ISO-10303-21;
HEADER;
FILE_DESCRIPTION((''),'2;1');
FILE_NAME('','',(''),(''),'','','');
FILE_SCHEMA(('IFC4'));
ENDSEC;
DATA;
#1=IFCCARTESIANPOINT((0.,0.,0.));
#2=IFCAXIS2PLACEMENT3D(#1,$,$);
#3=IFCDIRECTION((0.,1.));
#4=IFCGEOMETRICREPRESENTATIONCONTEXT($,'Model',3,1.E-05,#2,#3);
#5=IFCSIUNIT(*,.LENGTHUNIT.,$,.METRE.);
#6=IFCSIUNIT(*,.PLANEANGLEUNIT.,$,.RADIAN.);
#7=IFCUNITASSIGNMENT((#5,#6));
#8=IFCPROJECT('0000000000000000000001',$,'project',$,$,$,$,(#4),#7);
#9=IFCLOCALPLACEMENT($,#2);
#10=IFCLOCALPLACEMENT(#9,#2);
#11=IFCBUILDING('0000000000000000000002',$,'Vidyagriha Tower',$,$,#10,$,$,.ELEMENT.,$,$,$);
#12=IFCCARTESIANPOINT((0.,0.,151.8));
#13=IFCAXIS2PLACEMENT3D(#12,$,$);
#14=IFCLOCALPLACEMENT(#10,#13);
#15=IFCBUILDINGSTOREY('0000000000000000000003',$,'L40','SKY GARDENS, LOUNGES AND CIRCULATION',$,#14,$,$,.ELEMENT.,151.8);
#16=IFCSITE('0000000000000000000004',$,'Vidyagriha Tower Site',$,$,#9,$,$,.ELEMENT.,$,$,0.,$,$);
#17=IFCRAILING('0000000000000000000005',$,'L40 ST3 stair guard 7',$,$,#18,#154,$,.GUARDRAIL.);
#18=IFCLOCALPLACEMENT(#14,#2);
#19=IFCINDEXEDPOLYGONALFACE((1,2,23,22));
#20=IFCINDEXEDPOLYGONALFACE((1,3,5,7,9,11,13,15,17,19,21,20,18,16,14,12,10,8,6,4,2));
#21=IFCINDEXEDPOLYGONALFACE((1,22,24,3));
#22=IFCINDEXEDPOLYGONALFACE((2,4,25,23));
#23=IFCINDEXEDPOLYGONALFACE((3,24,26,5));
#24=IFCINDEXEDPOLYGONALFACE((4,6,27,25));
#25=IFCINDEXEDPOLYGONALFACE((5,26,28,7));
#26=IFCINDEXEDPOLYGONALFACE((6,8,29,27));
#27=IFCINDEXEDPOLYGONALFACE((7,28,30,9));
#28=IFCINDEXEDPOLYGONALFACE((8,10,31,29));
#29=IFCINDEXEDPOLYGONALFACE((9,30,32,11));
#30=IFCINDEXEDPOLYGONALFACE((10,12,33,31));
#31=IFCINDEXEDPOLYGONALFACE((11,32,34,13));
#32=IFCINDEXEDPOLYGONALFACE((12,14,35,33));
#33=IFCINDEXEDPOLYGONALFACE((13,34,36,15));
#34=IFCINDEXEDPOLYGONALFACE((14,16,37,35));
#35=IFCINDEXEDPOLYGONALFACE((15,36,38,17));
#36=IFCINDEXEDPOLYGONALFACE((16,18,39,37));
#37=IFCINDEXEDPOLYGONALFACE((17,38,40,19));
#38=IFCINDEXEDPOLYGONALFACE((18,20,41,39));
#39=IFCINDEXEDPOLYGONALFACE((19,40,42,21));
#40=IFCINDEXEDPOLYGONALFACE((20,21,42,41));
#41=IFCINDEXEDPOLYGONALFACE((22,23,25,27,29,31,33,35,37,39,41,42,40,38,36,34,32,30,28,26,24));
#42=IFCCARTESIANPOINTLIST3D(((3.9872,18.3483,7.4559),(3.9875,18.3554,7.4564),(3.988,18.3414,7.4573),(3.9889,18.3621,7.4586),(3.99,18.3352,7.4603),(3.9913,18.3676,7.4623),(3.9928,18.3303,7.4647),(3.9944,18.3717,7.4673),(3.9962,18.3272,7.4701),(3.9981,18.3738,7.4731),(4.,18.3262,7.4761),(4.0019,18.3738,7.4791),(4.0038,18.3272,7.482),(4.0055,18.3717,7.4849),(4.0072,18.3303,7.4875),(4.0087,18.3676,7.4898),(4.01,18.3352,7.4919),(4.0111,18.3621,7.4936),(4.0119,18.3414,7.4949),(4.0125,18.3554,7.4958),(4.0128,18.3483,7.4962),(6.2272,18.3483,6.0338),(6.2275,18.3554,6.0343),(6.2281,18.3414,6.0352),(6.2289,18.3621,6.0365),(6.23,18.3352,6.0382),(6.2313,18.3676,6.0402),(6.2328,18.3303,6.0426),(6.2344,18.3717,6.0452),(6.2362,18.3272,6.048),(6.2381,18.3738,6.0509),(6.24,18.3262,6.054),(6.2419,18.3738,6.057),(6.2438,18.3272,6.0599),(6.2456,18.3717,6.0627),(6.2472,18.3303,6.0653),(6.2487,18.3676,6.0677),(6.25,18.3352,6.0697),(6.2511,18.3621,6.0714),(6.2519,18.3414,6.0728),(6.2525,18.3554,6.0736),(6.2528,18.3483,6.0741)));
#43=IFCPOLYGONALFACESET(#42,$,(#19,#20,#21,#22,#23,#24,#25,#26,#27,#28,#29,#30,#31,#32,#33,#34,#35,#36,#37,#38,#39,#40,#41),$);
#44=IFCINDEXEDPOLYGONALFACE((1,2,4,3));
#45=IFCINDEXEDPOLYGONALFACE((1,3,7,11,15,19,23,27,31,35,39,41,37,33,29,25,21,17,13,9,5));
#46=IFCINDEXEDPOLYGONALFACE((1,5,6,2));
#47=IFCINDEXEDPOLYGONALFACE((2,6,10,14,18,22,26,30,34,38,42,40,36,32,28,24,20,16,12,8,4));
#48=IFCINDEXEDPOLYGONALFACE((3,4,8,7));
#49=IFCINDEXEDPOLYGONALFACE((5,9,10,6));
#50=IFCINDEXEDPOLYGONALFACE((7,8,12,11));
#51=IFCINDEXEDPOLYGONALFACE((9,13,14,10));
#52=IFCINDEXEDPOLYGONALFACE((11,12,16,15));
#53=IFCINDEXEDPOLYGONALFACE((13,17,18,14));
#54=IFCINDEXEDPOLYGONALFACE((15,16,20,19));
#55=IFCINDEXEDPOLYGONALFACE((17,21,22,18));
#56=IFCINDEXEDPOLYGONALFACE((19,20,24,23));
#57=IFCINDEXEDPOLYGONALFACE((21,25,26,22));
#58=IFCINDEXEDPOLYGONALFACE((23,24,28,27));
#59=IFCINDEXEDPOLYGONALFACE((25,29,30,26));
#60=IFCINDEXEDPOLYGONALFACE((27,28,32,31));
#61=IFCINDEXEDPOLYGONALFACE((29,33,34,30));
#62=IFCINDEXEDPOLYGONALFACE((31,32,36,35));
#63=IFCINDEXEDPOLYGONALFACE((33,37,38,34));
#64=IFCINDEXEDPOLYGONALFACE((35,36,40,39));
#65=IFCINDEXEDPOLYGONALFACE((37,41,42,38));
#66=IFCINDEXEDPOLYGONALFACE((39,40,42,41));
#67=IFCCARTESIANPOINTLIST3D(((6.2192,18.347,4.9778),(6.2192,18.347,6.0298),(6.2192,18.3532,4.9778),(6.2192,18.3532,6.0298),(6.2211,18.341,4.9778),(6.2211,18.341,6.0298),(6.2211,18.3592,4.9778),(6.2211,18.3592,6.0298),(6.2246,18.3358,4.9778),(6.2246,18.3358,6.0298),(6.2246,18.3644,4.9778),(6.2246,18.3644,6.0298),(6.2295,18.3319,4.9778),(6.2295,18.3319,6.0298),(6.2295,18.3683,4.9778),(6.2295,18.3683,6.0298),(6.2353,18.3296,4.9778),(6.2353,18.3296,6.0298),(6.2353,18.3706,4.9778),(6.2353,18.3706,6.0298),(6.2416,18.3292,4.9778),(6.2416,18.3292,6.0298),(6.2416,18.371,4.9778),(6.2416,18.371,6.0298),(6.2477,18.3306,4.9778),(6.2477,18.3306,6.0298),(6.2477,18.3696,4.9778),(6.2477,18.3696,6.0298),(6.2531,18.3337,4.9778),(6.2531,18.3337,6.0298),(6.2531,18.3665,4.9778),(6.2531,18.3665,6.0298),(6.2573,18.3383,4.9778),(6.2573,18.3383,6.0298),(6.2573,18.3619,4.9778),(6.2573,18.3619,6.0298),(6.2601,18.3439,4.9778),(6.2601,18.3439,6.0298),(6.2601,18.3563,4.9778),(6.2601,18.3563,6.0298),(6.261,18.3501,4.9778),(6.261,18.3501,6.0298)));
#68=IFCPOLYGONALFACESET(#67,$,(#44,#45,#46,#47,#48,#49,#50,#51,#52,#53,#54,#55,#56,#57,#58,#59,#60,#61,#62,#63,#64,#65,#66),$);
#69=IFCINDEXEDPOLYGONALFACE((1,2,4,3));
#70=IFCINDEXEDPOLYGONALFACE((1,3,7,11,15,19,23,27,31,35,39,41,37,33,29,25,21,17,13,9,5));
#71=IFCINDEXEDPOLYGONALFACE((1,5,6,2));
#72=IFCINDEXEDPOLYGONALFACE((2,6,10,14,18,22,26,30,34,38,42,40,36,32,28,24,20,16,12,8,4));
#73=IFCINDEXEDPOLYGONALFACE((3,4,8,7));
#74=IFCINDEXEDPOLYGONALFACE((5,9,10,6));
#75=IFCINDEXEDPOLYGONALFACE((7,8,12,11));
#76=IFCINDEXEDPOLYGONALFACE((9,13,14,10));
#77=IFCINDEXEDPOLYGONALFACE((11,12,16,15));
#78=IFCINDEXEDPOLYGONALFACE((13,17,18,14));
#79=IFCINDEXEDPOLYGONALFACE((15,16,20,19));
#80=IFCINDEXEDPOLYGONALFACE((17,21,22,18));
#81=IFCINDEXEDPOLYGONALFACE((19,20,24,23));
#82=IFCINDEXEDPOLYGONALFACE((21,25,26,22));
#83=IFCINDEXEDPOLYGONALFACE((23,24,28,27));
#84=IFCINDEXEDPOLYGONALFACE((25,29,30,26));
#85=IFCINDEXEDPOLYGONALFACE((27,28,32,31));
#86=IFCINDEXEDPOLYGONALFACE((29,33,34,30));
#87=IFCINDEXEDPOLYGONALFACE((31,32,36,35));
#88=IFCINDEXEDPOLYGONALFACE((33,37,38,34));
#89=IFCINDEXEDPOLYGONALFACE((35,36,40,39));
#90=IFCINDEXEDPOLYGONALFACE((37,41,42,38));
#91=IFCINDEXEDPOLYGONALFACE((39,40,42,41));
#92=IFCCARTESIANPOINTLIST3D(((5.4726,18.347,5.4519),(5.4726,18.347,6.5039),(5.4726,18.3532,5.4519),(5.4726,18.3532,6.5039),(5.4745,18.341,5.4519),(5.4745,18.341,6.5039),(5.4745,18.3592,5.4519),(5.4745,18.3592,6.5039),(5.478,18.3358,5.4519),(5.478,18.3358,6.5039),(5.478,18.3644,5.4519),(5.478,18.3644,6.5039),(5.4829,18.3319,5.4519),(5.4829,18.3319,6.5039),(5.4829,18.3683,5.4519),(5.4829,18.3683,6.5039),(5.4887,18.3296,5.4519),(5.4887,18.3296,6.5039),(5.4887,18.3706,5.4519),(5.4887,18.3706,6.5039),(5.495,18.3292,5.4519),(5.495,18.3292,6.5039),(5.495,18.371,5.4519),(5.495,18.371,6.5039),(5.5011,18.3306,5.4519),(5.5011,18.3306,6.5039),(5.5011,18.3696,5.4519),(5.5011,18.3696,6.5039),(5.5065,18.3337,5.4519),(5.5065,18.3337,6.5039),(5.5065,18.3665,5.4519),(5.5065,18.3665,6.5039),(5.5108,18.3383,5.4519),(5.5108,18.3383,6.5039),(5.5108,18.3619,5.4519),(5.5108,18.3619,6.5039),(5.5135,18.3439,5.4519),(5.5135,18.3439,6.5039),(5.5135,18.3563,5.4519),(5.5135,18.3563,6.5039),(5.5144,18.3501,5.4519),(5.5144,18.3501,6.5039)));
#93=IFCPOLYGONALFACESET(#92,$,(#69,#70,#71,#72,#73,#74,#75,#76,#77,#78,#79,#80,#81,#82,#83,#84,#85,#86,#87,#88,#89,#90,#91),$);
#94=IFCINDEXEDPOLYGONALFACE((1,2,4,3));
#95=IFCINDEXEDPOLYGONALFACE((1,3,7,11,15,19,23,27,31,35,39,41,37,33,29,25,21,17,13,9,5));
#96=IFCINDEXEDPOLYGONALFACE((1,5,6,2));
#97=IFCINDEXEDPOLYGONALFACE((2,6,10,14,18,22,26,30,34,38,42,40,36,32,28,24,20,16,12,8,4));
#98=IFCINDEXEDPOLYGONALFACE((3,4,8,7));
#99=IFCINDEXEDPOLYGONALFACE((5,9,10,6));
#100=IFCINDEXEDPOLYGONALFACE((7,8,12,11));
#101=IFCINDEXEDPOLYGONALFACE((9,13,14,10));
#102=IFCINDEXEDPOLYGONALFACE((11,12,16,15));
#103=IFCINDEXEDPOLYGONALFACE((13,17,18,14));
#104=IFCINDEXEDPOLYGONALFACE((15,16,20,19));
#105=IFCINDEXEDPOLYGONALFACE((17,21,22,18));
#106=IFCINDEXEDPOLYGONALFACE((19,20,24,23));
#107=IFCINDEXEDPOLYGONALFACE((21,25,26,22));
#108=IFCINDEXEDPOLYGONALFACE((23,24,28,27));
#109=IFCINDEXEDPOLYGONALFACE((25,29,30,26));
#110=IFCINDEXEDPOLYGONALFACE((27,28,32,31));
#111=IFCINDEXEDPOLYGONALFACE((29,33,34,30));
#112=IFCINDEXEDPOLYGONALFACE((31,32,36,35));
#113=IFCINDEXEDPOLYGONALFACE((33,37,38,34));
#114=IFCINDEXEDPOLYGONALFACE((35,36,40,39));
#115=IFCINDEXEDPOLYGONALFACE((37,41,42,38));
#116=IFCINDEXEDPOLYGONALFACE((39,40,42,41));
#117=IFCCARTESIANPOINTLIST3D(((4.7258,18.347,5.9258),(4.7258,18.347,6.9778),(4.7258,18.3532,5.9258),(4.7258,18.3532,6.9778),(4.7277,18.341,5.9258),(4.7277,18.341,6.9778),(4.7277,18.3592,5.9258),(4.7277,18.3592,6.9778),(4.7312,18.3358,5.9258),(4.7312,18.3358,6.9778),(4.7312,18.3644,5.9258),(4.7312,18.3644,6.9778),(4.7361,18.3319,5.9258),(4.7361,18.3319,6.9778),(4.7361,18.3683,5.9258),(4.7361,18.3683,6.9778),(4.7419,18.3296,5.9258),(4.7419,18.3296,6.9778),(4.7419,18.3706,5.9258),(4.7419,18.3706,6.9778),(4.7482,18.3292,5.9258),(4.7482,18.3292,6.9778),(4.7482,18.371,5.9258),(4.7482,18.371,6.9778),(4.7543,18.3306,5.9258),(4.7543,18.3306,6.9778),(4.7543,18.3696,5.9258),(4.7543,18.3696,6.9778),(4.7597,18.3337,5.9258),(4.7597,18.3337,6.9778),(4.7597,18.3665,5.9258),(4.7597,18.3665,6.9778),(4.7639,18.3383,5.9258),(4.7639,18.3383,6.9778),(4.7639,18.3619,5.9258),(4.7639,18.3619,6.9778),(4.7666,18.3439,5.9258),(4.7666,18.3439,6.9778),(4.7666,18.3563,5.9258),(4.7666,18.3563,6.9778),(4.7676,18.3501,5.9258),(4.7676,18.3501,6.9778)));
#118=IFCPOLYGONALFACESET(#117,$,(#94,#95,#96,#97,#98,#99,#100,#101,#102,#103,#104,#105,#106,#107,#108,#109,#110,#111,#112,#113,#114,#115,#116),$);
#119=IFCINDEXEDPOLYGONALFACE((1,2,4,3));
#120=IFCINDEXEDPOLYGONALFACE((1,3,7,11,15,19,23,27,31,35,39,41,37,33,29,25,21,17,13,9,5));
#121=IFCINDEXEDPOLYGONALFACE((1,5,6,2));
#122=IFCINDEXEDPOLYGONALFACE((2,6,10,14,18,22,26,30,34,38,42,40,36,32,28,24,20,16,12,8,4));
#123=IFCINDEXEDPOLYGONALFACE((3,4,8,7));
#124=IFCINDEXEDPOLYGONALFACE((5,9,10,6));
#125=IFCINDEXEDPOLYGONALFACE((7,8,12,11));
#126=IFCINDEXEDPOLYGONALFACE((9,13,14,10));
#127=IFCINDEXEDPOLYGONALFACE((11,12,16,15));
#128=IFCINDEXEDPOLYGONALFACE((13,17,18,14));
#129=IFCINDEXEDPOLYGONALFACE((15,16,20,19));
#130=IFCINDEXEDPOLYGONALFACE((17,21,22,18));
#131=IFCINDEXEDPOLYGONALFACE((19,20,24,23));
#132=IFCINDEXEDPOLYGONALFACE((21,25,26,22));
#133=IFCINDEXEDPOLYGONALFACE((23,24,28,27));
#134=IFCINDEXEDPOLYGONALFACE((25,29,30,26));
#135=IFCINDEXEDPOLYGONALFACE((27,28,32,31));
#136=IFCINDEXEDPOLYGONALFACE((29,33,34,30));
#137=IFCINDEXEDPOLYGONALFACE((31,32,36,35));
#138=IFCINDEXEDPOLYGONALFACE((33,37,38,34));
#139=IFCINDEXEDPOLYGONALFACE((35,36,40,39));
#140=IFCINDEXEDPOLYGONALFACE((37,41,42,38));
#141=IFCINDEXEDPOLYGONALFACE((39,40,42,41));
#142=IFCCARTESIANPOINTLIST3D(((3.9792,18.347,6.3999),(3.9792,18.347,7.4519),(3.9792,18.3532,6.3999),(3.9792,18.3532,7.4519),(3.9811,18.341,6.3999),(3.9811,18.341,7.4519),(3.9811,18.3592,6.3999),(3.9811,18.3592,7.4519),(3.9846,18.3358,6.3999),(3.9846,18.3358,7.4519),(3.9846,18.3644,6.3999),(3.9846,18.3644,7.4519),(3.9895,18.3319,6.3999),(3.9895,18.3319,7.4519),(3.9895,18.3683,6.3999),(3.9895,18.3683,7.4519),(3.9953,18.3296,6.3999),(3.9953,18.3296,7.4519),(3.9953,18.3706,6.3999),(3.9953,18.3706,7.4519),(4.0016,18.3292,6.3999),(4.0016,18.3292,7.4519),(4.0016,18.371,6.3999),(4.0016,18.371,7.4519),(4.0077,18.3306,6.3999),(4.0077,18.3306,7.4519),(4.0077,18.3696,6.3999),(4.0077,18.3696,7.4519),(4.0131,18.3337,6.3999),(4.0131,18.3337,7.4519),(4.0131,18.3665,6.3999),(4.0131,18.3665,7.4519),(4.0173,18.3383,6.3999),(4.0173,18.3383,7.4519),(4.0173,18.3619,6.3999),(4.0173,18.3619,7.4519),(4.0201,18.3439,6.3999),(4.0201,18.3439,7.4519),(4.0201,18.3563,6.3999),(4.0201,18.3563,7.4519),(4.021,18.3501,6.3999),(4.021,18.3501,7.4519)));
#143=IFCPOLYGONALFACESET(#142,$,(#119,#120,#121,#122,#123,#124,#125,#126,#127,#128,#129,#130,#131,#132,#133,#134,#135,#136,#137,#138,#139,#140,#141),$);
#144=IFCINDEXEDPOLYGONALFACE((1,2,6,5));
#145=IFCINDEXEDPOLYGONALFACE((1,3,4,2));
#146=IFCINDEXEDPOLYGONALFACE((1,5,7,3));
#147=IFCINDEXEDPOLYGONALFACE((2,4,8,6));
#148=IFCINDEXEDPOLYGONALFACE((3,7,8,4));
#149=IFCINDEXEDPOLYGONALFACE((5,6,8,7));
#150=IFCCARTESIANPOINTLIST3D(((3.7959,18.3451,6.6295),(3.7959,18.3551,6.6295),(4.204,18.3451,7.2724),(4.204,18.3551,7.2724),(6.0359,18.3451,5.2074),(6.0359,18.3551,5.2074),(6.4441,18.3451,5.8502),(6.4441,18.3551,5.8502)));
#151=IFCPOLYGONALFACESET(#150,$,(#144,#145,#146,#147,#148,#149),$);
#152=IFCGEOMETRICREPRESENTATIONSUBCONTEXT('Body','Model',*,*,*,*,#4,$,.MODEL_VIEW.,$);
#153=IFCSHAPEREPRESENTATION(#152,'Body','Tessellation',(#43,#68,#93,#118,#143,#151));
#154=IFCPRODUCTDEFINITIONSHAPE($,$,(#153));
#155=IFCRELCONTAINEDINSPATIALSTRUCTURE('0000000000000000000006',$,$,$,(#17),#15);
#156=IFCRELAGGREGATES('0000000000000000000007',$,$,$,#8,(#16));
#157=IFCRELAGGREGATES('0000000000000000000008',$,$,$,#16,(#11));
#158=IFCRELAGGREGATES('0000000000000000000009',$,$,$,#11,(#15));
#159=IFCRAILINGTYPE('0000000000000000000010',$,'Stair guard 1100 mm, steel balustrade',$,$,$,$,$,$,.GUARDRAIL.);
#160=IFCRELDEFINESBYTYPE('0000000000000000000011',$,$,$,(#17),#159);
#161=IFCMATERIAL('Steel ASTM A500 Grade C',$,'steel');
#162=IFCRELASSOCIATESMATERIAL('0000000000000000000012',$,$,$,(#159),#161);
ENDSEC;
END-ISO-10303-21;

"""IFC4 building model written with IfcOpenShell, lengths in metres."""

from ifc_helpers import new_model, si_unit, direction, frame, origin, origin_2d, place, context, subcontext, project, spatial, rectangle, circle, extrude, material, type_object, element, save


model = new_model("IFC4")

# Units and contexts
model_context = context("Model", 3, precision=1e-05, world=origin(), true_north=direction((0.0, 1.0)))
body_context = subcontext(model_context, "Body", "Model", "MODEL_VIEW")
ifc_project = project(units=[si_unit("LENGTHUNIT", "METRE"), si_unit("PLANEANGLEUNIT", "RADIAN")], contexts=[model_context])

# Site, building, storey
site_placement = place(None, origin())
site = spatial("IfcSite", under=ifc_project, at=site_placement, Name="Vidyagriha Tower Site", CompositionType="ELEMENT", RefElevation=0.0)
building_placement = place(site_placement, origin())
building = spatial("IfcBuilding", under=site, at=building_placement, Name="Vidyagriha Tower", CompositionType="ELEMENT")
storey_placement = place(building_placement, frame((0.0, 0.0, 151.8)))
storey = spatial("IfcBuildingStorey", under=building, at=storey_placement, Name="L40", Description="SKY GARDENS, LOUNGES AND CIRCULATION", CompositionType="ELEMENT", Elevation=151.8)

# Railing
ifc_material_1 = material(Name="Steel ASTM A500 Grade C", Category="steel")
railing_type_1 = type_object("IfcRailingType", Name="Stair guard 1100 mm, steel balustrade", PredefinedType="GUARDRAIL", material=ifc_material_1)
railing_1_placement = place(storey_placement, frame((6.24, 18.3501, 4.9778)))
element("IfcRailing", 1, at=railing_1_placement, inside=storey, type_object=railing_type_1, Name="L40 ST3 stair guard 7", PredefinedType="GUARDRAIL", context=body_context, shape_type="SweptSolid", body=[
    extrude(circle(Radius=0.0239, at=origin_2d()), frame((0.0, 0.0, 1.0762), z_axis=(-0.844229, 0.0, 0.535982), x_axis=(0.0, -1.0, 0.0)), (0.0, 0.0, 1.0), 2.6533),
    extrude(circle(Radius=0.021, at=origin_2d()), origin(), (0.0, 0.0, 1.0), 1.052),
    extrude(circle(Radius=0.021, at=origin_2d()), frame((-0.7466, 0.0, 0.4741)), (0.0, 0.0, 1.0), 1.052),
    extrude(circle(Radius=0.021, at=origin_2d()), frame((-1.4934, 0.0, 0.948)), (0.0, 0.0, 1.0), 1.052),
    extrude(circle(Radius=0.021, at=origin_2d()), frame((-2.24, 0.0, 1.4221)), (0.0, 0.0, 1.0), 1.052),
    extrude(rectangle(XDim=0.01, YDim=0.7615, at=origin_2d()), frame((0.0, 0.0, 0.551), z_axis=(-0.844229, 0.0, 0.535982), x_axis=(0.0, -1.0, 0.0)), (0.0, 0.0, 1.0), 2.6533),
])

save(model, "model.ifc")
